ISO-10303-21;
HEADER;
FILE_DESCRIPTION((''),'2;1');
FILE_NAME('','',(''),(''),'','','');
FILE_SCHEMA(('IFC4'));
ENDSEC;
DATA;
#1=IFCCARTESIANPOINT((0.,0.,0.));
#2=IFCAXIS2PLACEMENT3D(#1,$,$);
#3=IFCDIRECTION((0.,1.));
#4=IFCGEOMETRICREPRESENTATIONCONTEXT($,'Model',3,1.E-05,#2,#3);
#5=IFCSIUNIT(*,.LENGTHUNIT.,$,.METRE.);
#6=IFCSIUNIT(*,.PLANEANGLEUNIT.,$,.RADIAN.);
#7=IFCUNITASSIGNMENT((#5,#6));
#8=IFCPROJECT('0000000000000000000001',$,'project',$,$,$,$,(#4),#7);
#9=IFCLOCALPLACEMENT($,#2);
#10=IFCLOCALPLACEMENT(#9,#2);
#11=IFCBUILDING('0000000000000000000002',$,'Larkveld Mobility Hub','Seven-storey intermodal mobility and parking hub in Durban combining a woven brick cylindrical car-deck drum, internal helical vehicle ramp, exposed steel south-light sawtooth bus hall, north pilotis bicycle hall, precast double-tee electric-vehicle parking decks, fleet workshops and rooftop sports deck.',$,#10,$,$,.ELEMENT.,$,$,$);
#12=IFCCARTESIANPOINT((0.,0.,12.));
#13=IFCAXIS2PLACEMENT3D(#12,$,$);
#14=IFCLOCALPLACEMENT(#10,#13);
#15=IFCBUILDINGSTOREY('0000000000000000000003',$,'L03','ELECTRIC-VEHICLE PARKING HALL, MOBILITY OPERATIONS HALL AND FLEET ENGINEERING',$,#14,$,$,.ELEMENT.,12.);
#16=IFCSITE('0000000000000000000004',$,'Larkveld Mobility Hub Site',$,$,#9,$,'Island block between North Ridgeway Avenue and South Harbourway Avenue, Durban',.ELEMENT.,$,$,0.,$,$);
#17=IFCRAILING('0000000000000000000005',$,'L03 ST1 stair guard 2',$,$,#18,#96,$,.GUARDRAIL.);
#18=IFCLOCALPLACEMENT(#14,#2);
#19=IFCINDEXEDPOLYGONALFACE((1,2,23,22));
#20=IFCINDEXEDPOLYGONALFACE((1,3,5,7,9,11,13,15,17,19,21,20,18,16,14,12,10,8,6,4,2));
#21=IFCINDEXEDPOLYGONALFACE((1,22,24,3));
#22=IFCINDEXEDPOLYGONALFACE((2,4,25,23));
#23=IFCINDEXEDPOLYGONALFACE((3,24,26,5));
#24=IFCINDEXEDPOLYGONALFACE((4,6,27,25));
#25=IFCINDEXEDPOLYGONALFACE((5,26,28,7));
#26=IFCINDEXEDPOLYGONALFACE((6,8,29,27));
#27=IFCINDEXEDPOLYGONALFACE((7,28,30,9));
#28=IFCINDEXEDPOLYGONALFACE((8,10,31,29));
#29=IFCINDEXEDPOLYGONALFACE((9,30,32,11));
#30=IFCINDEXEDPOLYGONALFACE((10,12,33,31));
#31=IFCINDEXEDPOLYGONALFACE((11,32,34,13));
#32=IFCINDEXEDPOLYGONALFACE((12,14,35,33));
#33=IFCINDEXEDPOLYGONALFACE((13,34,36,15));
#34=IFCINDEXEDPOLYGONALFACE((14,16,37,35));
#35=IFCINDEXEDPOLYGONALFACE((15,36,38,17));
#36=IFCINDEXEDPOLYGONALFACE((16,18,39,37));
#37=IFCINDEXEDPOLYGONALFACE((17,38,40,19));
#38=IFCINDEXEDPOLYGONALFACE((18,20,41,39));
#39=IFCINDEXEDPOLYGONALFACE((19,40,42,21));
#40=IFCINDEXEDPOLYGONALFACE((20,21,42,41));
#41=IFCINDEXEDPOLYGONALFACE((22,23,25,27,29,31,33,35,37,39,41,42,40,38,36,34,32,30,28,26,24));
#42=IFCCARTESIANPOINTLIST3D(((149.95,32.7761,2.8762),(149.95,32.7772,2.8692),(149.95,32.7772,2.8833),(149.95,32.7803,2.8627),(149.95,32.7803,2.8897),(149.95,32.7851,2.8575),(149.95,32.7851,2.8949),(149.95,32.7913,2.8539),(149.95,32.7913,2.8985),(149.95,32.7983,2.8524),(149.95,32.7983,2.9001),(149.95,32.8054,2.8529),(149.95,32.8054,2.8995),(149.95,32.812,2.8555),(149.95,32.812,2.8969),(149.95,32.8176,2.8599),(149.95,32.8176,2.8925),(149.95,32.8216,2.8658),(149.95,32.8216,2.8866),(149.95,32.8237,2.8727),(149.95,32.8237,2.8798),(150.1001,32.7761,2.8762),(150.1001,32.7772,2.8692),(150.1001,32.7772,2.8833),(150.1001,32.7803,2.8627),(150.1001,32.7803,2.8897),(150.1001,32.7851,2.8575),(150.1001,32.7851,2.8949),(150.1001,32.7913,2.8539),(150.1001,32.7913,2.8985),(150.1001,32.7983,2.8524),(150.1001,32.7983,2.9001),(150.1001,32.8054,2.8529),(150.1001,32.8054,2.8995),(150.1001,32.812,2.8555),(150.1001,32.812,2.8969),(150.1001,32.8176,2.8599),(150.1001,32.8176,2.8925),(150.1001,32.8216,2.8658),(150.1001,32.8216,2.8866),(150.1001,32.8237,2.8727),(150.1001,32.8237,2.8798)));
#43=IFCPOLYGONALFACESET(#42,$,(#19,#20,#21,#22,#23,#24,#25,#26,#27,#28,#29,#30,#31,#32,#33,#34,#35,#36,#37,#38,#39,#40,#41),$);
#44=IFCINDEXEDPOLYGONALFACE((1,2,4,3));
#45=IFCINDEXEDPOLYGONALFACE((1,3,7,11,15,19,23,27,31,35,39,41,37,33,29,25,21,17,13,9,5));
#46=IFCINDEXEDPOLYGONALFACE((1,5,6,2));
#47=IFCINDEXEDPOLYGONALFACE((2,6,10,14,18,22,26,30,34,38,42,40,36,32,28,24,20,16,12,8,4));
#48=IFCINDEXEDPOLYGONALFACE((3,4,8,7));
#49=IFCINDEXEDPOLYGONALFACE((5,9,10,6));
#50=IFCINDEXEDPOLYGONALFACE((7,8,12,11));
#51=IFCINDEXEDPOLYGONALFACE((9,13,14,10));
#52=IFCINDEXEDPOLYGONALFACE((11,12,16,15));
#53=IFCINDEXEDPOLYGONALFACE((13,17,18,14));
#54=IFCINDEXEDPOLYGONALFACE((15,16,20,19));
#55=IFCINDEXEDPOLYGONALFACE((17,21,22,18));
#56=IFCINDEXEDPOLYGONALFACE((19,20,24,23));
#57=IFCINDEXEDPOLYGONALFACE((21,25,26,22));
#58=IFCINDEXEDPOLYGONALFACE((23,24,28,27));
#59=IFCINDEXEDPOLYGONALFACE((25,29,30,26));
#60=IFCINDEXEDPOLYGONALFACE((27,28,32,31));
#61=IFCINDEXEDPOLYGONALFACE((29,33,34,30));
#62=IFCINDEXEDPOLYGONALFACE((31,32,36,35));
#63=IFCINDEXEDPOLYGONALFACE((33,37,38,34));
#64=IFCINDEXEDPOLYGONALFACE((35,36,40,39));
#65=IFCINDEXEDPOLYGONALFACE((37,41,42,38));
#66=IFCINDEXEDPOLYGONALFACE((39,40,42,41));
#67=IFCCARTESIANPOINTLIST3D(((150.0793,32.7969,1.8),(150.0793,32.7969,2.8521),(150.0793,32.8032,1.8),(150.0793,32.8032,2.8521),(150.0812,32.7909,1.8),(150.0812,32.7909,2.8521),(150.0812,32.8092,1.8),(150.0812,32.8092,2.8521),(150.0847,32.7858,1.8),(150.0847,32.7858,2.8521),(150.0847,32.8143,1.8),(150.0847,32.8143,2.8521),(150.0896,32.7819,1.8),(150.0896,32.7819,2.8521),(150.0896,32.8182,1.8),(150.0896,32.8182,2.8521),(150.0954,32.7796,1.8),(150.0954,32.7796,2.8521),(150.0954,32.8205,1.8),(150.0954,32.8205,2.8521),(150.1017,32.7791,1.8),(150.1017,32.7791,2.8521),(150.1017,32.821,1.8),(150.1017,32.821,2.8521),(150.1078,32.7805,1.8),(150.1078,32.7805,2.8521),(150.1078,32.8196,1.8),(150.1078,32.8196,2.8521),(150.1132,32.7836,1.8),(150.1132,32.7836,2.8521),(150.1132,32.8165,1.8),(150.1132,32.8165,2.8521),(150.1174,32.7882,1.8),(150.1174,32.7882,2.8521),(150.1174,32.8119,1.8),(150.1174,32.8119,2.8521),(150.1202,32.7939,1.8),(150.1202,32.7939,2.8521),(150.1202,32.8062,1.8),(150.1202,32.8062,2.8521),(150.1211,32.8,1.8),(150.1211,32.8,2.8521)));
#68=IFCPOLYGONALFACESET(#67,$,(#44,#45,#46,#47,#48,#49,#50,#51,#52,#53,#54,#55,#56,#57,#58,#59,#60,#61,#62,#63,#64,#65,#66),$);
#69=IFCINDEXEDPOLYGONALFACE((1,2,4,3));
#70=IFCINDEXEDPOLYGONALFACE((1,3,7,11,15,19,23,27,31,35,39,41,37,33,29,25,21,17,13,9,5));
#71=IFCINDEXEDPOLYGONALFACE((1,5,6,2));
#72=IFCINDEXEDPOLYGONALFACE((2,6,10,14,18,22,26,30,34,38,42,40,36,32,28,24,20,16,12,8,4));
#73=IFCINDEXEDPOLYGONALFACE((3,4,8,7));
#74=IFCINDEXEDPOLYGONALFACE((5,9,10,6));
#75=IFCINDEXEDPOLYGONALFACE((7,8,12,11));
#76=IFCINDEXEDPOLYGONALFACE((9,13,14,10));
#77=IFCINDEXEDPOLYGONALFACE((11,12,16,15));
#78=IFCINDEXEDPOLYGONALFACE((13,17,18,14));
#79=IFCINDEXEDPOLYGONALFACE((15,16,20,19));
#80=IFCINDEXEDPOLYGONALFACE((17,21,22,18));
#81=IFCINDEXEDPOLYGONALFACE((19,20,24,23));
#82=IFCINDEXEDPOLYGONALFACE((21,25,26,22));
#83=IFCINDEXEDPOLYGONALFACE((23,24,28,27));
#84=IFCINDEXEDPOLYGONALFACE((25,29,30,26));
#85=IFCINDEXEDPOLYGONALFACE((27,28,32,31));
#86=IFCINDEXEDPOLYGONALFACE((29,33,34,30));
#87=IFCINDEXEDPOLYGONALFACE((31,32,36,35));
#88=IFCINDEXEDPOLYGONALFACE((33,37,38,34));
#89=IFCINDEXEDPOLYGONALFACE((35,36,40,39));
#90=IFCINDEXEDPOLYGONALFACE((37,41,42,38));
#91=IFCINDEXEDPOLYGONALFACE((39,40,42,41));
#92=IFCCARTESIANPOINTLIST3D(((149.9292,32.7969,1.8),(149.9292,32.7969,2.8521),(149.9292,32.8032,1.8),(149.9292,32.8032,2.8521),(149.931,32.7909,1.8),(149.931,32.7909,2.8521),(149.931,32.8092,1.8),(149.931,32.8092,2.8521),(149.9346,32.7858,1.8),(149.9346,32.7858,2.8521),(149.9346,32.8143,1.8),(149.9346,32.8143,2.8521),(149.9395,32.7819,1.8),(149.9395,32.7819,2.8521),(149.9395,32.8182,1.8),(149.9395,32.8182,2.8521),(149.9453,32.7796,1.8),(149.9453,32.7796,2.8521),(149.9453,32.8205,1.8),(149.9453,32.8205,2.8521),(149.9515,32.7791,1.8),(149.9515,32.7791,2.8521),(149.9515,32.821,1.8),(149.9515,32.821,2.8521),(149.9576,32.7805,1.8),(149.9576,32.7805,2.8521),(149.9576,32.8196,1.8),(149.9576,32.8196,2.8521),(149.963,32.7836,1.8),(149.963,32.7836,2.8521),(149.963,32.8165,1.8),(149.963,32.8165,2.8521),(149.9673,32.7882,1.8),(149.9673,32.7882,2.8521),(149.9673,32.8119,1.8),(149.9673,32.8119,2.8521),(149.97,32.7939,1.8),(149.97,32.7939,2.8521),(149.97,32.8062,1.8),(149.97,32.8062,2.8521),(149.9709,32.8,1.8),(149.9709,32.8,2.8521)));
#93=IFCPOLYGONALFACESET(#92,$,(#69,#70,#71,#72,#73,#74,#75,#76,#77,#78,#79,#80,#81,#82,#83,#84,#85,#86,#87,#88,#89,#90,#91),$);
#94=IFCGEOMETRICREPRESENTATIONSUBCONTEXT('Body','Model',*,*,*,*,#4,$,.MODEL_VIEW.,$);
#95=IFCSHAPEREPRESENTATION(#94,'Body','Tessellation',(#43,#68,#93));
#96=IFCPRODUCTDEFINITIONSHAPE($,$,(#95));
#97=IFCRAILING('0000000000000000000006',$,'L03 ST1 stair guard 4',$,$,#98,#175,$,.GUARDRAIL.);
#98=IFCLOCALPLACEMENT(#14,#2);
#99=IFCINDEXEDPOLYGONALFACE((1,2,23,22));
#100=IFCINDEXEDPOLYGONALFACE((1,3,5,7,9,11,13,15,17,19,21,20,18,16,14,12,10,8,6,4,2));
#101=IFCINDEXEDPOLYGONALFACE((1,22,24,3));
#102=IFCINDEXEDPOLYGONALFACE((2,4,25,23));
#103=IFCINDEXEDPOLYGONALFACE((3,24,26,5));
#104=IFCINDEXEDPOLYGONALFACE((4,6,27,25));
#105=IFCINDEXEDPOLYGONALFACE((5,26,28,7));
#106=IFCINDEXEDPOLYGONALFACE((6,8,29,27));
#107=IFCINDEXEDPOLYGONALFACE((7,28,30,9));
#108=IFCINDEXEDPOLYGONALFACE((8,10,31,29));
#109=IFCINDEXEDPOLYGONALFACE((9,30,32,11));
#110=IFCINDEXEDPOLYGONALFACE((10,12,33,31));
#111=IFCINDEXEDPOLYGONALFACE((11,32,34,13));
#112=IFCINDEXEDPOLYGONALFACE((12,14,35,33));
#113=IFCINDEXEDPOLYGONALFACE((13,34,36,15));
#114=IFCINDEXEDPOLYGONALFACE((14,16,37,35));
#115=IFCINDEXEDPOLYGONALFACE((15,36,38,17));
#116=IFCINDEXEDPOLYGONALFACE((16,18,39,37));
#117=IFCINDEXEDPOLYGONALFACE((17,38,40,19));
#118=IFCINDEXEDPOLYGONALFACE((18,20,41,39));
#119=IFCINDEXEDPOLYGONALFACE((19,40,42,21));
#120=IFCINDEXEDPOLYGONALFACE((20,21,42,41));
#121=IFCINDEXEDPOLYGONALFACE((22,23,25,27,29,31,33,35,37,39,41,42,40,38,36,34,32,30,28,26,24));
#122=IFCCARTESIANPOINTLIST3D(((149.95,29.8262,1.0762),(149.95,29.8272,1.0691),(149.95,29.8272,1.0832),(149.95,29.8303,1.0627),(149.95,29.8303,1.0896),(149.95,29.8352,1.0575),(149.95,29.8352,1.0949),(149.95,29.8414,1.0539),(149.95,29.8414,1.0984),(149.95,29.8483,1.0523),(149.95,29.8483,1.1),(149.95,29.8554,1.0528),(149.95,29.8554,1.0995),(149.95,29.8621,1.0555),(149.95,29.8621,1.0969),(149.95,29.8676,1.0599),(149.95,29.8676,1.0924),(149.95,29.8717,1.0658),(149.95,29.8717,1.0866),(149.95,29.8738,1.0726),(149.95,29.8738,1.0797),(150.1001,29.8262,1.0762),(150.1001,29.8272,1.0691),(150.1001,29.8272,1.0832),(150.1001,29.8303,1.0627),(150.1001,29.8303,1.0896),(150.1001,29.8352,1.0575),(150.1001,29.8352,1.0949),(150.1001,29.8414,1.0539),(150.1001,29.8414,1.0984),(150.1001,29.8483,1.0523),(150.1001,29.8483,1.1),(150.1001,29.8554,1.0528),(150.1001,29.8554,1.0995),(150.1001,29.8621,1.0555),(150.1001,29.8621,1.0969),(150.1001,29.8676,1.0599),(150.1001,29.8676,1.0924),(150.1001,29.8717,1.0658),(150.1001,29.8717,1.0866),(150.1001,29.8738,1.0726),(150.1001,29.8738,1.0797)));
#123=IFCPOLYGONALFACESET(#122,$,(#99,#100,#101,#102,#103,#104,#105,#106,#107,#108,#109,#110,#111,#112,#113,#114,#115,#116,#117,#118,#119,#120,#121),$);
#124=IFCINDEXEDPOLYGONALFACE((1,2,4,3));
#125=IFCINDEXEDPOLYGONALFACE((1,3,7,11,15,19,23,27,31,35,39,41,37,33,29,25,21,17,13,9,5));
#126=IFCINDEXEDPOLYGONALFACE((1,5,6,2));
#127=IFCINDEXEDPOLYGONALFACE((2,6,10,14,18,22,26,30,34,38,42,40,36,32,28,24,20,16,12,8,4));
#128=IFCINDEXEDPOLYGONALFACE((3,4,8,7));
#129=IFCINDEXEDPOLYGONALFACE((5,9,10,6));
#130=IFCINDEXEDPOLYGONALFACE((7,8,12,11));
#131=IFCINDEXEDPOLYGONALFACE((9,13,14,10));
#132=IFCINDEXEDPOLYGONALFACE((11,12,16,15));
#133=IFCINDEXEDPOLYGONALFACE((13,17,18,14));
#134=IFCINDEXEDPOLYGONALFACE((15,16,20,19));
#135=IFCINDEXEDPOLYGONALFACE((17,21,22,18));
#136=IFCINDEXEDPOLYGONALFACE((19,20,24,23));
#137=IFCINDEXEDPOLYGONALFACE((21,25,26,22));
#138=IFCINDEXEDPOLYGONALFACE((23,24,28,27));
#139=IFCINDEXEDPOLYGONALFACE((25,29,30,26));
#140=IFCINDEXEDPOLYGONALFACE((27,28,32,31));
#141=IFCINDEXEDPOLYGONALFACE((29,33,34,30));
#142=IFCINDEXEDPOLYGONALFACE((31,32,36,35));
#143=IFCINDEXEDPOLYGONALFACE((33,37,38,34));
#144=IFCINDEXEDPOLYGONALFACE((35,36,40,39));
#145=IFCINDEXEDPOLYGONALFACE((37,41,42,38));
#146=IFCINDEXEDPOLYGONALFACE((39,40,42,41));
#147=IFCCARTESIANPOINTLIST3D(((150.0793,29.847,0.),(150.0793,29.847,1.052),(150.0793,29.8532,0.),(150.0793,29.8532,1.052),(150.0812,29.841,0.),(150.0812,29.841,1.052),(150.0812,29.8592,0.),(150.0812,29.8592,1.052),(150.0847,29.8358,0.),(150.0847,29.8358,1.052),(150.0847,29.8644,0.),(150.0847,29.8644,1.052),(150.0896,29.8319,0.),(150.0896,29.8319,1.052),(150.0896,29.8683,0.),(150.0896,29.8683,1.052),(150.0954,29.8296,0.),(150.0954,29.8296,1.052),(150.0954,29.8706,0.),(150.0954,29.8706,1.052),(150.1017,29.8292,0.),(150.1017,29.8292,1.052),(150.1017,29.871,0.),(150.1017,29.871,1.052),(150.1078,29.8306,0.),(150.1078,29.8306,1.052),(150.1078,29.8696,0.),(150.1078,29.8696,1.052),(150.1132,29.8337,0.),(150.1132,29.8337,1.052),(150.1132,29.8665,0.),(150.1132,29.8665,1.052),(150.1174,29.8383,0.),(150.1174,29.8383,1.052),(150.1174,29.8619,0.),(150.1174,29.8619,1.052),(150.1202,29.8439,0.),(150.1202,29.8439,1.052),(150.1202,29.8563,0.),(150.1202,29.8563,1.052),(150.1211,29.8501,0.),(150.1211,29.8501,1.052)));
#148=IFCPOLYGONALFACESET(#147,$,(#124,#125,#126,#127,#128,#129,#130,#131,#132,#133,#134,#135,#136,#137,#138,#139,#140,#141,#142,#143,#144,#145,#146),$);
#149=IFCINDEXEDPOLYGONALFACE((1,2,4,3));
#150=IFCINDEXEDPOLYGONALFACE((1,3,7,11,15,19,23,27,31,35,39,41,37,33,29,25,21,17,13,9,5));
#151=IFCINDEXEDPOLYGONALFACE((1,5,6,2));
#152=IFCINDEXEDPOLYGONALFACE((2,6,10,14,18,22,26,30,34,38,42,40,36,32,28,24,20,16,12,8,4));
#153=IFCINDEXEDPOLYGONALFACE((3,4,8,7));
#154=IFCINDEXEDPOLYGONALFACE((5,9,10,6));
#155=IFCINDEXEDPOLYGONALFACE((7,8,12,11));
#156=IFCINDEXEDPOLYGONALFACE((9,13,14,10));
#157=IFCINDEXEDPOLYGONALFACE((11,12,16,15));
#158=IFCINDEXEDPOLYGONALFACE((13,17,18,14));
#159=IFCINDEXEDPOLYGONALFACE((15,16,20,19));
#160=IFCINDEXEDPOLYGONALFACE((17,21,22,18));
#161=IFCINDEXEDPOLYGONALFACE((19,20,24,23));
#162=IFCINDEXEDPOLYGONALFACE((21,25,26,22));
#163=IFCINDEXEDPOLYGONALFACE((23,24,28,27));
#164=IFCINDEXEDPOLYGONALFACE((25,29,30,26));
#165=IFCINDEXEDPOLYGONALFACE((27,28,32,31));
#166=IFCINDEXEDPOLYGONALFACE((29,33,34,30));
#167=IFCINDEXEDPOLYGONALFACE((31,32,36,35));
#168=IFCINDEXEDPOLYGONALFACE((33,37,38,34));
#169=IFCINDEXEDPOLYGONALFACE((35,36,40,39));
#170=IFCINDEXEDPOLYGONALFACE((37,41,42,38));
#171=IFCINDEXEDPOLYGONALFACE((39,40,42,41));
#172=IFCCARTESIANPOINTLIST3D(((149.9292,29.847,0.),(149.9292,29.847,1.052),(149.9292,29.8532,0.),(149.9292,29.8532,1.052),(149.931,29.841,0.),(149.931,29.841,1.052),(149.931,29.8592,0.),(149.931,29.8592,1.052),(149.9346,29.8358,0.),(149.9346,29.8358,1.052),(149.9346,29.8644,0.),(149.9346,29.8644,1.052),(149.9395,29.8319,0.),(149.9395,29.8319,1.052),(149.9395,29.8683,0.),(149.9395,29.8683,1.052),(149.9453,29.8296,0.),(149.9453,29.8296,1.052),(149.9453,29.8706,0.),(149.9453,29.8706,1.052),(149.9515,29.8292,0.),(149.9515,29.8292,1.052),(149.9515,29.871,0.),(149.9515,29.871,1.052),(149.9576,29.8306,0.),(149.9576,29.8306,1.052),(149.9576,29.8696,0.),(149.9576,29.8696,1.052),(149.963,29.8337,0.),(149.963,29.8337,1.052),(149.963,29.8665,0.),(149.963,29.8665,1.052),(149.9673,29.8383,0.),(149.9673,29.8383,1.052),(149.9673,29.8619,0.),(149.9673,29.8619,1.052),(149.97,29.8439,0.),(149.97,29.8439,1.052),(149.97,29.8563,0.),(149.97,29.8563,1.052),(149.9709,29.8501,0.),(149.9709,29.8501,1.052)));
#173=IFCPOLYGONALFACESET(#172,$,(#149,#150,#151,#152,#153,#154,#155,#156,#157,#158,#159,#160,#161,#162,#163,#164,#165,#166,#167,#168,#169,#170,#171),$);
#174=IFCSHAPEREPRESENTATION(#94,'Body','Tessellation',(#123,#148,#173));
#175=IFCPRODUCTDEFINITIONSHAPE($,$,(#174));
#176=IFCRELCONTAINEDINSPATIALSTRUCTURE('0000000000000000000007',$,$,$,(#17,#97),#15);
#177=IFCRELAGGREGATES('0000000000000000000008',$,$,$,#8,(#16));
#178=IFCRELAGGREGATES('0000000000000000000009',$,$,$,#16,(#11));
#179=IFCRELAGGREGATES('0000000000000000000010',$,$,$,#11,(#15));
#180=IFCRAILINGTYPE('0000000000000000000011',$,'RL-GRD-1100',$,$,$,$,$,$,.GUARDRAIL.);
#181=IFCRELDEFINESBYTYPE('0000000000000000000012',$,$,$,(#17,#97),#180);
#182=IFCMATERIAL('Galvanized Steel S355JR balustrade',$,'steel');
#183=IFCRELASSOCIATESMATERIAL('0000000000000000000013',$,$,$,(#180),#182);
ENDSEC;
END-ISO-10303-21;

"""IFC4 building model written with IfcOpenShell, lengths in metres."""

from ifc_helpers import new_model, si_unit, direction, frame, origin, origin_2d, place, context, subcontext, project, spatial, circle, extrude, material, type_object, element, save


model = new_model("IFC4")

# Units and contexts
model_context = context("Model", 3, precision=1e-05, world=origin(), true_north=direction((0.0, 1.0)))
body_context = subcontext(model_context, "Body", "Model", "MODEL_VIEW")
ifc_project = project(units=[si_unit("LENGTHUNIT", "METRE"), si_unit("PLANEANGLEUNIT", "RADIAN")], contexts=[model_context])

# Site, building, storey
site_placement = place(None, origin())
site = spatial("IfcSite", under=ifc_project, at=site_placement, Name="Larkveld Mobility Hub Site", LongName="Island block between North Ridgeway Avenue and South Harbourway Avenue, Durban", CompositionType="ELEMENT", RefElevation=0.0)
building_placement = place(site_placement, origin())
building = spatial("IfcBuilding", under=site, at=building_placement, Name="Larkveld Mobility Hub", Description="Seven-storey intermodal mobility and parking hub in Durban combining a woven brick cylindrical car-deck drum, internal helical vehicle ramp, exposed steel south-light sawtooth bus hall, north pilotis bicycle hall, precast double-tee electric-vehicle parking decks, fleet workshops and rooftop sports deck.", CompositionType="ELEMENT")
storey_placement = place(building_placement, frame((0.0, 0.0, 12.0)))
storey = spatial("IfcBuildingStorey", under=building, at=storey_placement, Name="L03", Description="ELECTRIC-VEHICLE PARKING HALL, MOBILITY OPERATIONS HALL AND FLEET ENGINEERING", CompositionType="ELEMENT", Elevation=12.0)

# Railings
ifc_material_1 = material(Name="Galvanized Steel S355JR balustrade", Category="steel")
railing_type_1 = type_object("IfcRailingType", Name="RL-GRD-1100", PredefinedType="GUARDRAIL", material=ifc_material_1)
for number, where, name in (
    (1, (150.1001, 32.8, 1.8), "L03 ST1 stair guard 2"),
    (2, (150.1001, 29.8501, 0.0), "L03 ST1 stair guard 4"),
):
    element("IfcRailing", number, at=place(storey_placement, frame(where)), inside=storey, type_object=railing_type_1, Name=name, PredefinedType="GUARDRAIL", context=body_context, shape_type="SweptSolid", body=[
        extrude(circle(Radius=0.0239, at=origin_2d()), frame((0.0, 0.0, 1.0762), z_axis=(-1.0, 0.0, 0.0), x_axis=(0.0, -1.0, 0.0)), (0.0, 0.0, 1.0), 0.1501),
        extrude(circle(Radius=0.021, at=origin_2d()), origin(), (0.0, 0.0, 1.0), 1.052),
        extrude(circle(Radius=0.021, at=origin_2d()), frame((-0.1501, 0.0, 0.0)), (0.0, 0.0, 1.0), 1.052),
    ])

save(model, "model.ifc")
